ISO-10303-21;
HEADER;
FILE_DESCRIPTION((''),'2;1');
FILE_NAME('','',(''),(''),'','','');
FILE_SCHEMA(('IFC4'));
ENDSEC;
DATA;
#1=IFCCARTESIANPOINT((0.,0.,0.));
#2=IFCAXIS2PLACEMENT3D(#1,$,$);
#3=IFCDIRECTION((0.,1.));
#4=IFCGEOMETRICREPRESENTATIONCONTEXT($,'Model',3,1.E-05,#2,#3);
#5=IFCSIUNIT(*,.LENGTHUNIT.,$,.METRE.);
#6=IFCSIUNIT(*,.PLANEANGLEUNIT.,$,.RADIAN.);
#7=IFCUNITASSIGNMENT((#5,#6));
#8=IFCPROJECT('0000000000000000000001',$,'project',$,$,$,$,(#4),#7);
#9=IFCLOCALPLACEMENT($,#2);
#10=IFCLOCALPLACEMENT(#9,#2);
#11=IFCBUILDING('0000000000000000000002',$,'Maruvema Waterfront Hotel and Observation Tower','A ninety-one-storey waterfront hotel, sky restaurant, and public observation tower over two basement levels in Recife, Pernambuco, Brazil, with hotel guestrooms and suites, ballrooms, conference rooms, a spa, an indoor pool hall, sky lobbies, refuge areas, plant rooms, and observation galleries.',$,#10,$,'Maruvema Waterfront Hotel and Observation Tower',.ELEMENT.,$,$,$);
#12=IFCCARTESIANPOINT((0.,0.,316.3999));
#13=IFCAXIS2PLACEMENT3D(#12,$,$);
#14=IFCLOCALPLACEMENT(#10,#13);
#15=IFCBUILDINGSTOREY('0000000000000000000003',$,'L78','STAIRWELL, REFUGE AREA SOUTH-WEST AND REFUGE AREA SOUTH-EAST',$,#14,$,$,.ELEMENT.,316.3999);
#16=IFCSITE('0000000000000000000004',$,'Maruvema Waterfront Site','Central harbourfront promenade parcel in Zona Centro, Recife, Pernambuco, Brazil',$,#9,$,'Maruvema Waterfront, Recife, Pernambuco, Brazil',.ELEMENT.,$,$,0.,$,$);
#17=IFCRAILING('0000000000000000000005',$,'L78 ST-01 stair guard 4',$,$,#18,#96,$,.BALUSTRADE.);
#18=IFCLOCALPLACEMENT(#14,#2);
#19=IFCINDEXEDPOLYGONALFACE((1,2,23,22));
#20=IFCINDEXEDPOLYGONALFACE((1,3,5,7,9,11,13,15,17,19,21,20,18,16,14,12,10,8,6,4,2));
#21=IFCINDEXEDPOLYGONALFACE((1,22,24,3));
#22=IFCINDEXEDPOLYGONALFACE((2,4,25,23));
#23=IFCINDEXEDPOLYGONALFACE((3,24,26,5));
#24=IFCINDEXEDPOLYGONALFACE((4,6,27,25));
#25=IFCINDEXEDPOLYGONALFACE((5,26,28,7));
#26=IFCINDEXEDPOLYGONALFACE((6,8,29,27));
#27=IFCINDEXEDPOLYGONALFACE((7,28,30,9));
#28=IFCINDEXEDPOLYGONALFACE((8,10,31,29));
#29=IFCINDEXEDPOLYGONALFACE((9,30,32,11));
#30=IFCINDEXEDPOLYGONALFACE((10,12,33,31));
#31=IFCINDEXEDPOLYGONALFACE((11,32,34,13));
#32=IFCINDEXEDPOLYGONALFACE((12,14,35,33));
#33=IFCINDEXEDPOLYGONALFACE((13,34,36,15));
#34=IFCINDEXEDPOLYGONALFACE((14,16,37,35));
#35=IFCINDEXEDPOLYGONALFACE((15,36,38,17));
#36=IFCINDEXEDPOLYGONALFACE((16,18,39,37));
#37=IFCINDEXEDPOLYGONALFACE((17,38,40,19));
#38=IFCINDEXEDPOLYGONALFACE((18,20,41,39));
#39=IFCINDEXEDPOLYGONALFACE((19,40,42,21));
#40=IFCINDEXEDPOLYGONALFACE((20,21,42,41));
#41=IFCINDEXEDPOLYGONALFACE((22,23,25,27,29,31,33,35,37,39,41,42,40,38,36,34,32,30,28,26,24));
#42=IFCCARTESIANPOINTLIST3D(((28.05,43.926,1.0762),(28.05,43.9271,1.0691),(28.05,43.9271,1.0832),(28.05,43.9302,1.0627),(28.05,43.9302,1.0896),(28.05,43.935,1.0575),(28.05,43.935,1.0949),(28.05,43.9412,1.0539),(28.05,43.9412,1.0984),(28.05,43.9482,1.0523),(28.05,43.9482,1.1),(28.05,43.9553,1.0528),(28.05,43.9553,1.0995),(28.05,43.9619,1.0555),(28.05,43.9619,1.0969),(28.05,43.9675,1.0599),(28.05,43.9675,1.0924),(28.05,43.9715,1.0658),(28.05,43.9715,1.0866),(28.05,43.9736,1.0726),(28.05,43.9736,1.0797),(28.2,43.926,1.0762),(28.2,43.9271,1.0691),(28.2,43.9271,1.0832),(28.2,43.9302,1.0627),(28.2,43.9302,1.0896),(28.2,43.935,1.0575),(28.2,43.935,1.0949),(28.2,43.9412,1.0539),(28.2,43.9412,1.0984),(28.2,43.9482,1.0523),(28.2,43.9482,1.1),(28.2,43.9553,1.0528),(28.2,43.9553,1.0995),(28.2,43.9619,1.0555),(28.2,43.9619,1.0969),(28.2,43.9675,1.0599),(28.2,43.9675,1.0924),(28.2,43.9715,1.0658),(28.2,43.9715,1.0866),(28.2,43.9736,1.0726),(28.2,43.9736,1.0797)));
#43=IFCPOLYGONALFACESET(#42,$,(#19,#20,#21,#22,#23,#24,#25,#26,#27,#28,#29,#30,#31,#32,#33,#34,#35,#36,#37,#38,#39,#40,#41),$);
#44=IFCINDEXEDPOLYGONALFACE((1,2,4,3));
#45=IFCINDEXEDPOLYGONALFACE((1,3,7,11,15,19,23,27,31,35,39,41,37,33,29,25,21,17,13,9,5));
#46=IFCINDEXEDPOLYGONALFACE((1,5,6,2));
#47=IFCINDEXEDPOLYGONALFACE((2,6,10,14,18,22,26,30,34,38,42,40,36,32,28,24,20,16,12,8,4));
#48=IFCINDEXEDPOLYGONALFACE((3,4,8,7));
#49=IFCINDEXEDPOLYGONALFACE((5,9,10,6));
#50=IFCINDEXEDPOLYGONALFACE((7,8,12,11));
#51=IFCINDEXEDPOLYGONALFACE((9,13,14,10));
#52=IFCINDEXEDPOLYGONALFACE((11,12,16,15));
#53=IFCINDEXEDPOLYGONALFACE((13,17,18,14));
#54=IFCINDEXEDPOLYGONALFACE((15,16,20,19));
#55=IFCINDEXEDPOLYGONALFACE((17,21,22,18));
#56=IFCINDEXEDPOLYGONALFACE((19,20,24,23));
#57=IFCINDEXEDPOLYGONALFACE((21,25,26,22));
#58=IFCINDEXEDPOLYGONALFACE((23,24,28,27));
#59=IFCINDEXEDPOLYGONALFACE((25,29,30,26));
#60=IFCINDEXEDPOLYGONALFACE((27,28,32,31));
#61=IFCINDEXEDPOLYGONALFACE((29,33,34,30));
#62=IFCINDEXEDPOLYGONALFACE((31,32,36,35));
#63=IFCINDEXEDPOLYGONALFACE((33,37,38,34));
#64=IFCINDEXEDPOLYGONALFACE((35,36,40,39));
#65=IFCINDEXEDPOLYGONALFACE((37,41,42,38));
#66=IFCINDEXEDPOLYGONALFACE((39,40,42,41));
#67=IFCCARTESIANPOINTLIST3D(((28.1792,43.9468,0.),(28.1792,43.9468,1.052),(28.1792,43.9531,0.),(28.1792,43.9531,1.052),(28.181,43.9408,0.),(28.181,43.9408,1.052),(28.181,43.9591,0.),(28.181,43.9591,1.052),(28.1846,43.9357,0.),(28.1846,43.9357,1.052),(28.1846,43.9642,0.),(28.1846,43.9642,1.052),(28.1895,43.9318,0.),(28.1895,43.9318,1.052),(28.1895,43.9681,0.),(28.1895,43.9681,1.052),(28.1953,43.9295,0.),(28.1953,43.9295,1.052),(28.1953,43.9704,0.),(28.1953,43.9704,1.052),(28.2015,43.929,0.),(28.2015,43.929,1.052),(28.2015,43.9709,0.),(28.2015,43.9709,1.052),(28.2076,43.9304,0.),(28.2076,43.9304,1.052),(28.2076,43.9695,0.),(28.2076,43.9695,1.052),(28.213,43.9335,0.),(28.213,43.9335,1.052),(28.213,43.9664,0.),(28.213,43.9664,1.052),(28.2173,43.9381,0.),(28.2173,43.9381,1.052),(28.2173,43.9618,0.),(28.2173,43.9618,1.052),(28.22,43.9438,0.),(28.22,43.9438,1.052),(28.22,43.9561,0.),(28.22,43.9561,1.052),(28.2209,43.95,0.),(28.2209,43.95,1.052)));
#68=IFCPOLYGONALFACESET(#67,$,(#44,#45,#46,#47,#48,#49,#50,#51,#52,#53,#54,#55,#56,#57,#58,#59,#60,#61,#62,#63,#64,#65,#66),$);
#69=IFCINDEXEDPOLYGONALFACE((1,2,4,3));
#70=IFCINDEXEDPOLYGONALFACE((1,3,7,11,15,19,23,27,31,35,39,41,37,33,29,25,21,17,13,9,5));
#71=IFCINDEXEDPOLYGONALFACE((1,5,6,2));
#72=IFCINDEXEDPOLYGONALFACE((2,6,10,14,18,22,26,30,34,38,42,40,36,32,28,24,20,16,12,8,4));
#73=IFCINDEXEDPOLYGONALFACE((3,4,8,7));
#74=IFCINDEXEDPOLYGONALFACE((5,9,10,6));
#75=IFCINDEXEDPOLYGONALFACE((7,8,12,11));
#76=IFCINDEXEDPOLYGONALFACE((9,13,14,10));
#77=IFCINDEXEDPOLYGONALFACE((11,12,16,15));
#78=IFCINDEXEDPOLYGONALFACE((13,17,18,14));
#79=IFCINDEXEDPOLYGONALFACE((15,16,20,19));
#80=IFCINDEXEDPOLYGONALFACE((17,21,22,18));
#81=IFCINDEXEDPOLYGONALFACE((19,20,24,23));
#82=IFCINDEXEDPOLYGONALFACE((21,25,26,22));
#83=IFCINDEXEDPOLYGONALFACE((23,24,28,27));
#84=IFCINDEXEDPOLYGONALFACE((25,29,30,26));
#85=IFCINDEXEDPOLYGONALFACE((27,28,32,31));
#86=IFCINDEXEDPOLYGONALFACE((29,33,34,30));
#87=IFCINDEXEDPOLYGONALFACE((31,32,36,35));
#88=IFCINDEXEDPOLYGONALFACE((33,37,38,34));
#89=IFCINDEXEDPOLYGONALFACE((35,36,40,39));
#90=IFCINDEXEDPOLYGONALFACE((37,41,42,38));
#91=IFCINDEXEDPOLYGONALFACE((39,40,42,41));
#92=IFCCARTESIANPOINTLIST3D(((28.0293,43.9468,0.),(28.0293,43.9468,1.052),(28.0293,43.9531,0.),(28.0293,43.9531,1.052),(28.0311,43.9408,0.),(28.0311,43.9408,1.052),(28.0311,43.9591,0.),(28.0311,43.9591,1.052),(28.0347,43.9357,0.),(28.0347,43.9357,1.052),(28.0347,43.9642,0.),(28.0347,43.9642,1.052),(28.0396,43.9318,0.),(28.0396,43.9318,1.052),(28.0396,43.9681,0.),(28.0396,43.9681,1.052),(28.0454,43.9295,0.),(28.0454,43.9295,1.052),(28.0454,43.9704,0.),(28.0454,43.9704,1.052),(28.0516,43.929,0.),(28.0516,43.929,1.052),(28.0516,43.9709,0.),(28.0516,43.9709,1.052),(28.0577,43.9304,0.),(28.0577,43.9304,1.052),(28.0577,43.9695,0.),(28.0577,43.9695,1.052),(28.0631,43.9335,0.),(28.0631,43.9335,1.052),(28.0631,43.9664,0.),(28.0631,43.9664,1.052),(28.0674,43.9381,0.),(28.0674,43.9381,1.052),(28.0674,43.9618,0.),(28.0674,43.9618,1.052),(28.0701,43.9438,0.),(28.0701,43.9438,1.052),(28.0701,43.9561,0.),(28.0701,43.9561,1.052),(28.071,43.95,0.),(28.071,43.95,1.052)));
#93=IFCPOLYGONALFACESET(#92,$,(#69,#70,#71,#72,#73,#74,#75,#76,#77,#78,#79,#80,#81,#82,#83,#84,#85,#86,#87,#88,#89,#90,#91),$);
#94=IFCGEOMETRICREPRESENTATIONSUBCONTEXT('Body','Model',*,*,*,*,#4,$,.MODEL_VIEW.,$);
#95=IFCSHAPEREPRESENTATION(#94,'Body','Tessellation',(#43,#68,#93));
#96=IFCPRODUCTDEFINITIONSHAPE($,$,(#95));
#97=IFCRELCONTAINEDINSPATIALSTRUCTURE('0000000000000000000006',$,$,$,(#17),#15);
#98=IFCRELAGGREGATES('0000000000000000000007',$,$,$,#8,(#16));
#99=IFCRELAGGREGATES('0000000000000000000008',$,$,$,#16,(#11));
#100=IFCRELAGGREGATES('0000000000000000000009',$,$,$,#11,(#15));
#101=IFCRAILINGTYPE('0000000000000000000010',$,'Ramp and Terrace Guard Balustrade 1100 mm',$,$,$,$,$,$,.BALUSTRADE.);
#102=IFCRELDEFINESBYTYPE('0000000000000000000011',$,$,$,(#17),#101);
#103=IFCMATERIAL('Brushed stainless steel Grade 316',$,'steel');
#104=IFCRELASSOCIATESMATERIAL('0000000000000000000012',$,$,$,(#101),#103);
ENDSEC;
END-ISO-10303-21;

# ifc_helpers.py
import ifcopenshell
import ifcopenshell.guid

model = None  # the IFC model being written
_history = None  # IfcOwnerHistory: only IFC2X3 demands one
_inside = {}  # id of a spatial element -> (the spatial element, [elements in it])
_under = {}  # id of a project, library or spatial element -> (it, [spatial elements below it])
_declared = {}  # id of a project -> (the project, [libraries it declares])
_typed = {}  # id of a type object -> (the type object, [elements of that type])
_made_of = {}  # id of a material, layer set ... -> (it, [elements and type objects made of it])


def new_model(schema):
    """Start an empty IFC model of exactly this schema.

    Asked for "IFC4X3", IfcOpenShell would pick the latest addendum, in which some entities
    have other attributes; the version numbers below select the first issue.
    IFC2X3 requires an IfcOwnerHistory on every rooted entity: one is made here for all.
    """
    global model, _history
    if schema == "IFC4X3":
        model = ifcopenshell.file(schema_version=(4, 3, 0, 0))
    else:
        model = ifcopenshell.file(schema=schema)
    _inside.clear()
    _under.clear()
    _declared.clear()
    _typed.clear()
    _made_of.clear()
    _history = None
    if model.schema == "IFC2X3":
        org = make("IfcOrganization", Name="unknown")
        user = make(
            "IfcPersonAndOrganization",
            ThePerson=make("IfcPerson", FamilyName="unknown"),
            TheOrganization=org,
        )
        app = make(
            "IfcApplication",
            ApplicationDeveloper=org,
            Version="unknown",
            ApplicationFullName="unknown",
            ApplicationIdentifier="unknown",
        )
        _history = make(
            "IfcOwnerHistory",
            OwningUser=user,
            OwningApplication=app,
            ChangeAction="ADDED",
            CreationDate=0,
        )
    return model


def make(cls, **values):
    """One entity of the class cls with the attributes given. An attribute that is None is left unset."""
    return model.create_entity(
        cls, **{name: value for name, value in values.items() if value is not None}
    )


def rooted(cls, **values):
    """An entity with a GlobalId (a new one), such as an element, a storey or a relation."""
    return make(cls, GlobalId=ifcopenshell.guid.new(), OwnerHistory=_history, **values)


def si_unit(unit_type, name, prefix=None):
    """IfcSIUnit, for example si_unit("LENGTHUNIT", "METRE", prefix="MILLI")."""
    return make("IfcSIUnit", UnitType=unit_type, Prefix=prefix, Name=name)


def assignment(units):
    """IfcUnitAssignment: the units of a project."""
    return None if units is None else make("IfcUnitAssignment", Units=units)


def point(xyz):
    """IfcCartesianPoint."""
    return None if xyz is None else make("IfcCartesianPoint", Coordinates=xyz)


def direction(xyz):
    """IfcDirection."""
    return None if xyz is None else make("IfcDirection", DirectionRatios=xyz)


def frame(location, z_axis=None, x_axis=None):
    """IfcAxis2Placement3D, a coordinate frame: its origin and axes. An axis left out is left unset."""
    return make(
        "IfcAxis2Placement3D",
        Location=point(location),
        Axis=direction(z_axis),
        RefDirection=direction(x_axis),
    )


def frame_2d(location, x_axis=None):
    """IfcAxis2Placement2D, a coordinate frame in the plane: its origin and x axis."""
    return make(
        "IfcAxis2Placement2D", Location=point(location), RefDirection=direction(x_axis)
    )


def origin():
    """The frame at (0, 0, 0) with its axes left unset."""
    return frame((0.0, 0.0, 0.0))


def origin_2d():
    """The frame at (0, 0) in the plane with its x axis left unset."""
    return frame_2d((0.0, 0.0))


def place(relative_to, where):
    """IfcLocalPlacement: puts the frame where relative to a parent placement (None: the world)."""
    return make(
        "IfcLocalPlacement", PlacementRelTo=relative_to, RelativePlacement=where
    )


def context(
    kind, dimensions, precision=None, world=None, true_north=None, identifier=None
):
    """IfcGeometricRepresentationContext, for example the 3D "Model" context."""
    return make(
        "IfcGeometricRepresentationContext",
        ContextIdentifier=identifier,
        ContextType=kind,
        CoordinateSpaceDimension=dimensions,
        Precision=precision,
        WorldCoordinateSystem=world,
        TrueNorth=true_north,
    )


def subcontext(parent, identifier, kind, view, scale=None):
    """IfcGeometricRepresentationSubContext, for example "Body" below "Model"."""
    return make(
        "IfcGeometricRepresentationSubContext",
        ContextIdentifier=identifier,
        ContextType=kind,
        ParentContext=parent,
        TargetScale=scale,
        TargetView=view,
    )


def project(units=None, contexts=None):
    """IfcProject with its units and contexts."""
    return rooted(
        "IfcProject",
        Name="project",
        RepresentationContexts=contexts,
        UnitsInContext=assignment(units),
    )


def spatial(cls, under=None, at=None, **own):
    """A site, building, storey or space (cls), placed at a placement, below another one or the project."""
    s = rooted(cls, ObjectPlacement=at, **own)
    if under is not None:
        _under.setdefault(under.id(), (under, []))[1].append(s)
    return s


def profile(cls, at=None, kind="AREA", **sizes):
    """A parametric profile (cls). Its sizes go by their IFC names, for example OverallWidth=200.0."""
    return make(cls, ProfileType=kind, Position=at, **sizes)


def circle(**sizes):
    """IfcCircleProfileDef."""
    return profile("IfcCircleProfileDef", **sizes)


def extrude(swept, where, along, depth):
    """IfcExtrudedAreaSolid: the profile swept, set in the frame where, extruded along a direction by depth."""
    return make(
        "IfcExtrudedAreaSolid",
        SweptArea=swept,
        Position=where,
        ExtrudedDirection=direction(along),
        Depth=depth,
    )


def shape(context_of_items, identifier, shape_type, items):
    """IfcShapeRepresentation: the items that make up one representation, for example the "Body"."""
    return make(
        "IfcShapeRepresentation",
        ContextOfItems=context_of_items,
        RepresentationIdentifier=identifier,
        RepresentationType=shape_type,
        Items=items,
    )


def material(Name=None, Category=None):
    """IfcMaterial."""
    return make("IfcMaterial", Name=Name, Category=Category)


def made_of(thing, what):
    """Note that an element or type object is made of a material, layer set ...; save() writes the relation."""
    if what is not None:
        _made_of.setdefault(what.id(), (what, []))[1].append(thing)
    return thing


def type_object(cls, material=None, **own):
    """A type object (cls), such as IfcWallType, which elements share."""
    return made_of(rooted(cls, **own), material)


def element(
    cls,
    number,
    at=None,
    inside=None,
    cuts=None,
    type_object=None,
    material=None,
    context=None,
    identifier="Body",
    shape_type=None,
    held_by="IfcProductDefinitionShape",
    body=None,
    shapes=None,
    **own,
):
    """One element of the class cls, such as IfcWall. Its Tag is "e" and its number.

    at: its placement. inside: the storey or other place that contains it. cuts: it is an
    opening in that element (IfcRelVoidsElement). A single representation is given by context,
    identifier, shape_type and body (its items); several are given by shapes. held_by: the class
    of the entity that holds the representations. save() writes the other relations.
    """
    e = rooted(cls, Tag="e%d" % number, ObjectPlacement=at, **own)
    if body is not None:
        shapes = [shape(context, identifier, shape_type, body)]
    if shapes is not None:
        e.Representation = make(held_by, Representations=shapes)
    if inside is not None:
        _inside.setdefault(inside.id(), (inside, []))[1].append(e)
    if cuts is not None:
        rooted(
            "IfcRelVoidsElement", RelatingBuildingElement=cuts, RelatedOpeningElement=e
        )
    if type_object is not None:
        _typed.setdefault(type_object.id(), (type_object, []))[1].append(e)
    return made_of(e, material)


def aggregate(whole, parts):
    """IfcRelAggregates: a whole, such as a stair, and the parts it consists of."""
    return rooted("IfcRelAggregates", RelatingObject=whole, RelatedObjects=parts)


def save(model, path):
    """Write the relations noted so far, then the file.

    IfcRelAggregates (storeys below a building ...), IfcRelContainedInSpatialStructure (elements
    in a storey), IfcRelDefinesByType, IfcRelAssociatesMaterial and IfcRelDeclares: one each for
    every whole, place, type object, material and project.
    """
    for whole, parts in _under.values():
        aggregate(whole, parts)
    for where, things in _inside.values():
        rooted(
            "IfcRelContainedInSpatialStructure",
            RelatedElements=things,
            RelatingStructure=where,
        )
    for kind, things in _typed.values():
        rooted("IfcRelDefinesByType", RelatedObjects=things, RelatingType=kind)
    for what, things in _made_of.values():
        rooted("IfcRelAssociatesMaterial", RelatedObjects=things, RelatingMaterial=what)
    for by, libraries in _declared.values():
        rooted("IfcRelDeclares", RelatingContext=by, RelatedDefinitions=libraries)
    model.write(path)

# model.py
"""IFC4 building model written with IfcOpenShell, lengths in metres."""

from ifc_helpers import new_model, si_unit, direction, frame, origin, origin_2d, place, context, subcontext, project, spatial, circle, extrude, material, type_object, element, save


model = new_model("IFC4")

# Units and contexts
model_context = context("Model", 3, precision=1e-05, world=origin(), true_north=direction((0.0, 1.0)))
body_context = subcontext(model_context, "Body", "Model", "MODEL_VIEW")
ifc_project = project(units=[si_unit("LENGTHUNIT", "METRE"), si_unit("PLANEANGLEUNIT", "RADIAN")], contexts=[model_context])

# Site, building, storey
site_placement = place(None, origin())
site = spatial("IfcSite", under=ifc_project, at=site_placement, Name="Maruvema Waterfront Site", Description="Central harbourfront promenade parcel in Zona Centro, Recife, Pernambuco, Brazil", LongName="Maruvema Waterfront, Recife, Pernambuco, Brazil", CompositionType="ELEMENT", RefElevation=0.0)
building_placement = place(site_placement, origin())
building = spatial("IfcBuilding", under=site, at=building_placement, Name="Maruvema Waterfront Hotel and Observation Tower", Description="A ninety-one-storey waterfront hotel, sky restaurant, and public observation tower over two basement levels in Recife, Pernambuco, Brazil, with hotel guestrooms and suites, ballrooms, conference rooms, a spa, an indoor pool hall, sky lobbies, refuge areas, plant rooms, and observation galleries.", LongName="Maruvema Waterfront Hotel and Observation Tower", CompositionType="ELEMENT")
storey_placement = place(building_placement, frame((0.0, 0.0, 316.3999)))
storey = spatial("IfcBuildingStorey", under=building, at=storey_placement, Name="L78", Description="STAIRWELL, REFUGE AREA SOUTH-WEST AND REFUGE AREA SOUTH-EAST", CompositionType="ELEMENT", Elevation=316.3999)

# Railing
ifc_material_1 = material(Name="Brushed stainless steel Grade 316", Category="steel")
railing_type_1 = type_object("IfcRailingType", Name="Ramp and Terrace Guard Balustrade 1100 mm", PredefinedType="BALUSTRADE", material=ifc_material_1)
railing_1_placement = place(storey_placement, frame((28.2, 43.95, 0.0)))
element("IfcRailing", 1, at=railing_1_placement, inside=storey, type_object=railing_type_1, Name="L78 ST-01 stair guard 4", PredefinedType="BALUSTRADE", context=body_context, shape_type="SweptSolid", body=[
    extrude(circle(Radius=0.0239, at=origin_2d()), frame((0.0, 0.0, 1.0762), z_axis=(-1.0, 0.0, 0.0), x_axis=(0.0, -1.0, 0.0)), (0.0, 0.0, 1.0), 0.1499),
    extrude(circle(Radius=0.021, at=origin_2d()), origin(), (0.0, 0.0, 1.0), 1.052),
    extrude(circle(Radius=0.021, at=origin_2d()), frame((-0.1499, 0.0, 0.0)), (0.0, 0.0, 1.0), 1.052),
])

save(model, "model.ifc")
